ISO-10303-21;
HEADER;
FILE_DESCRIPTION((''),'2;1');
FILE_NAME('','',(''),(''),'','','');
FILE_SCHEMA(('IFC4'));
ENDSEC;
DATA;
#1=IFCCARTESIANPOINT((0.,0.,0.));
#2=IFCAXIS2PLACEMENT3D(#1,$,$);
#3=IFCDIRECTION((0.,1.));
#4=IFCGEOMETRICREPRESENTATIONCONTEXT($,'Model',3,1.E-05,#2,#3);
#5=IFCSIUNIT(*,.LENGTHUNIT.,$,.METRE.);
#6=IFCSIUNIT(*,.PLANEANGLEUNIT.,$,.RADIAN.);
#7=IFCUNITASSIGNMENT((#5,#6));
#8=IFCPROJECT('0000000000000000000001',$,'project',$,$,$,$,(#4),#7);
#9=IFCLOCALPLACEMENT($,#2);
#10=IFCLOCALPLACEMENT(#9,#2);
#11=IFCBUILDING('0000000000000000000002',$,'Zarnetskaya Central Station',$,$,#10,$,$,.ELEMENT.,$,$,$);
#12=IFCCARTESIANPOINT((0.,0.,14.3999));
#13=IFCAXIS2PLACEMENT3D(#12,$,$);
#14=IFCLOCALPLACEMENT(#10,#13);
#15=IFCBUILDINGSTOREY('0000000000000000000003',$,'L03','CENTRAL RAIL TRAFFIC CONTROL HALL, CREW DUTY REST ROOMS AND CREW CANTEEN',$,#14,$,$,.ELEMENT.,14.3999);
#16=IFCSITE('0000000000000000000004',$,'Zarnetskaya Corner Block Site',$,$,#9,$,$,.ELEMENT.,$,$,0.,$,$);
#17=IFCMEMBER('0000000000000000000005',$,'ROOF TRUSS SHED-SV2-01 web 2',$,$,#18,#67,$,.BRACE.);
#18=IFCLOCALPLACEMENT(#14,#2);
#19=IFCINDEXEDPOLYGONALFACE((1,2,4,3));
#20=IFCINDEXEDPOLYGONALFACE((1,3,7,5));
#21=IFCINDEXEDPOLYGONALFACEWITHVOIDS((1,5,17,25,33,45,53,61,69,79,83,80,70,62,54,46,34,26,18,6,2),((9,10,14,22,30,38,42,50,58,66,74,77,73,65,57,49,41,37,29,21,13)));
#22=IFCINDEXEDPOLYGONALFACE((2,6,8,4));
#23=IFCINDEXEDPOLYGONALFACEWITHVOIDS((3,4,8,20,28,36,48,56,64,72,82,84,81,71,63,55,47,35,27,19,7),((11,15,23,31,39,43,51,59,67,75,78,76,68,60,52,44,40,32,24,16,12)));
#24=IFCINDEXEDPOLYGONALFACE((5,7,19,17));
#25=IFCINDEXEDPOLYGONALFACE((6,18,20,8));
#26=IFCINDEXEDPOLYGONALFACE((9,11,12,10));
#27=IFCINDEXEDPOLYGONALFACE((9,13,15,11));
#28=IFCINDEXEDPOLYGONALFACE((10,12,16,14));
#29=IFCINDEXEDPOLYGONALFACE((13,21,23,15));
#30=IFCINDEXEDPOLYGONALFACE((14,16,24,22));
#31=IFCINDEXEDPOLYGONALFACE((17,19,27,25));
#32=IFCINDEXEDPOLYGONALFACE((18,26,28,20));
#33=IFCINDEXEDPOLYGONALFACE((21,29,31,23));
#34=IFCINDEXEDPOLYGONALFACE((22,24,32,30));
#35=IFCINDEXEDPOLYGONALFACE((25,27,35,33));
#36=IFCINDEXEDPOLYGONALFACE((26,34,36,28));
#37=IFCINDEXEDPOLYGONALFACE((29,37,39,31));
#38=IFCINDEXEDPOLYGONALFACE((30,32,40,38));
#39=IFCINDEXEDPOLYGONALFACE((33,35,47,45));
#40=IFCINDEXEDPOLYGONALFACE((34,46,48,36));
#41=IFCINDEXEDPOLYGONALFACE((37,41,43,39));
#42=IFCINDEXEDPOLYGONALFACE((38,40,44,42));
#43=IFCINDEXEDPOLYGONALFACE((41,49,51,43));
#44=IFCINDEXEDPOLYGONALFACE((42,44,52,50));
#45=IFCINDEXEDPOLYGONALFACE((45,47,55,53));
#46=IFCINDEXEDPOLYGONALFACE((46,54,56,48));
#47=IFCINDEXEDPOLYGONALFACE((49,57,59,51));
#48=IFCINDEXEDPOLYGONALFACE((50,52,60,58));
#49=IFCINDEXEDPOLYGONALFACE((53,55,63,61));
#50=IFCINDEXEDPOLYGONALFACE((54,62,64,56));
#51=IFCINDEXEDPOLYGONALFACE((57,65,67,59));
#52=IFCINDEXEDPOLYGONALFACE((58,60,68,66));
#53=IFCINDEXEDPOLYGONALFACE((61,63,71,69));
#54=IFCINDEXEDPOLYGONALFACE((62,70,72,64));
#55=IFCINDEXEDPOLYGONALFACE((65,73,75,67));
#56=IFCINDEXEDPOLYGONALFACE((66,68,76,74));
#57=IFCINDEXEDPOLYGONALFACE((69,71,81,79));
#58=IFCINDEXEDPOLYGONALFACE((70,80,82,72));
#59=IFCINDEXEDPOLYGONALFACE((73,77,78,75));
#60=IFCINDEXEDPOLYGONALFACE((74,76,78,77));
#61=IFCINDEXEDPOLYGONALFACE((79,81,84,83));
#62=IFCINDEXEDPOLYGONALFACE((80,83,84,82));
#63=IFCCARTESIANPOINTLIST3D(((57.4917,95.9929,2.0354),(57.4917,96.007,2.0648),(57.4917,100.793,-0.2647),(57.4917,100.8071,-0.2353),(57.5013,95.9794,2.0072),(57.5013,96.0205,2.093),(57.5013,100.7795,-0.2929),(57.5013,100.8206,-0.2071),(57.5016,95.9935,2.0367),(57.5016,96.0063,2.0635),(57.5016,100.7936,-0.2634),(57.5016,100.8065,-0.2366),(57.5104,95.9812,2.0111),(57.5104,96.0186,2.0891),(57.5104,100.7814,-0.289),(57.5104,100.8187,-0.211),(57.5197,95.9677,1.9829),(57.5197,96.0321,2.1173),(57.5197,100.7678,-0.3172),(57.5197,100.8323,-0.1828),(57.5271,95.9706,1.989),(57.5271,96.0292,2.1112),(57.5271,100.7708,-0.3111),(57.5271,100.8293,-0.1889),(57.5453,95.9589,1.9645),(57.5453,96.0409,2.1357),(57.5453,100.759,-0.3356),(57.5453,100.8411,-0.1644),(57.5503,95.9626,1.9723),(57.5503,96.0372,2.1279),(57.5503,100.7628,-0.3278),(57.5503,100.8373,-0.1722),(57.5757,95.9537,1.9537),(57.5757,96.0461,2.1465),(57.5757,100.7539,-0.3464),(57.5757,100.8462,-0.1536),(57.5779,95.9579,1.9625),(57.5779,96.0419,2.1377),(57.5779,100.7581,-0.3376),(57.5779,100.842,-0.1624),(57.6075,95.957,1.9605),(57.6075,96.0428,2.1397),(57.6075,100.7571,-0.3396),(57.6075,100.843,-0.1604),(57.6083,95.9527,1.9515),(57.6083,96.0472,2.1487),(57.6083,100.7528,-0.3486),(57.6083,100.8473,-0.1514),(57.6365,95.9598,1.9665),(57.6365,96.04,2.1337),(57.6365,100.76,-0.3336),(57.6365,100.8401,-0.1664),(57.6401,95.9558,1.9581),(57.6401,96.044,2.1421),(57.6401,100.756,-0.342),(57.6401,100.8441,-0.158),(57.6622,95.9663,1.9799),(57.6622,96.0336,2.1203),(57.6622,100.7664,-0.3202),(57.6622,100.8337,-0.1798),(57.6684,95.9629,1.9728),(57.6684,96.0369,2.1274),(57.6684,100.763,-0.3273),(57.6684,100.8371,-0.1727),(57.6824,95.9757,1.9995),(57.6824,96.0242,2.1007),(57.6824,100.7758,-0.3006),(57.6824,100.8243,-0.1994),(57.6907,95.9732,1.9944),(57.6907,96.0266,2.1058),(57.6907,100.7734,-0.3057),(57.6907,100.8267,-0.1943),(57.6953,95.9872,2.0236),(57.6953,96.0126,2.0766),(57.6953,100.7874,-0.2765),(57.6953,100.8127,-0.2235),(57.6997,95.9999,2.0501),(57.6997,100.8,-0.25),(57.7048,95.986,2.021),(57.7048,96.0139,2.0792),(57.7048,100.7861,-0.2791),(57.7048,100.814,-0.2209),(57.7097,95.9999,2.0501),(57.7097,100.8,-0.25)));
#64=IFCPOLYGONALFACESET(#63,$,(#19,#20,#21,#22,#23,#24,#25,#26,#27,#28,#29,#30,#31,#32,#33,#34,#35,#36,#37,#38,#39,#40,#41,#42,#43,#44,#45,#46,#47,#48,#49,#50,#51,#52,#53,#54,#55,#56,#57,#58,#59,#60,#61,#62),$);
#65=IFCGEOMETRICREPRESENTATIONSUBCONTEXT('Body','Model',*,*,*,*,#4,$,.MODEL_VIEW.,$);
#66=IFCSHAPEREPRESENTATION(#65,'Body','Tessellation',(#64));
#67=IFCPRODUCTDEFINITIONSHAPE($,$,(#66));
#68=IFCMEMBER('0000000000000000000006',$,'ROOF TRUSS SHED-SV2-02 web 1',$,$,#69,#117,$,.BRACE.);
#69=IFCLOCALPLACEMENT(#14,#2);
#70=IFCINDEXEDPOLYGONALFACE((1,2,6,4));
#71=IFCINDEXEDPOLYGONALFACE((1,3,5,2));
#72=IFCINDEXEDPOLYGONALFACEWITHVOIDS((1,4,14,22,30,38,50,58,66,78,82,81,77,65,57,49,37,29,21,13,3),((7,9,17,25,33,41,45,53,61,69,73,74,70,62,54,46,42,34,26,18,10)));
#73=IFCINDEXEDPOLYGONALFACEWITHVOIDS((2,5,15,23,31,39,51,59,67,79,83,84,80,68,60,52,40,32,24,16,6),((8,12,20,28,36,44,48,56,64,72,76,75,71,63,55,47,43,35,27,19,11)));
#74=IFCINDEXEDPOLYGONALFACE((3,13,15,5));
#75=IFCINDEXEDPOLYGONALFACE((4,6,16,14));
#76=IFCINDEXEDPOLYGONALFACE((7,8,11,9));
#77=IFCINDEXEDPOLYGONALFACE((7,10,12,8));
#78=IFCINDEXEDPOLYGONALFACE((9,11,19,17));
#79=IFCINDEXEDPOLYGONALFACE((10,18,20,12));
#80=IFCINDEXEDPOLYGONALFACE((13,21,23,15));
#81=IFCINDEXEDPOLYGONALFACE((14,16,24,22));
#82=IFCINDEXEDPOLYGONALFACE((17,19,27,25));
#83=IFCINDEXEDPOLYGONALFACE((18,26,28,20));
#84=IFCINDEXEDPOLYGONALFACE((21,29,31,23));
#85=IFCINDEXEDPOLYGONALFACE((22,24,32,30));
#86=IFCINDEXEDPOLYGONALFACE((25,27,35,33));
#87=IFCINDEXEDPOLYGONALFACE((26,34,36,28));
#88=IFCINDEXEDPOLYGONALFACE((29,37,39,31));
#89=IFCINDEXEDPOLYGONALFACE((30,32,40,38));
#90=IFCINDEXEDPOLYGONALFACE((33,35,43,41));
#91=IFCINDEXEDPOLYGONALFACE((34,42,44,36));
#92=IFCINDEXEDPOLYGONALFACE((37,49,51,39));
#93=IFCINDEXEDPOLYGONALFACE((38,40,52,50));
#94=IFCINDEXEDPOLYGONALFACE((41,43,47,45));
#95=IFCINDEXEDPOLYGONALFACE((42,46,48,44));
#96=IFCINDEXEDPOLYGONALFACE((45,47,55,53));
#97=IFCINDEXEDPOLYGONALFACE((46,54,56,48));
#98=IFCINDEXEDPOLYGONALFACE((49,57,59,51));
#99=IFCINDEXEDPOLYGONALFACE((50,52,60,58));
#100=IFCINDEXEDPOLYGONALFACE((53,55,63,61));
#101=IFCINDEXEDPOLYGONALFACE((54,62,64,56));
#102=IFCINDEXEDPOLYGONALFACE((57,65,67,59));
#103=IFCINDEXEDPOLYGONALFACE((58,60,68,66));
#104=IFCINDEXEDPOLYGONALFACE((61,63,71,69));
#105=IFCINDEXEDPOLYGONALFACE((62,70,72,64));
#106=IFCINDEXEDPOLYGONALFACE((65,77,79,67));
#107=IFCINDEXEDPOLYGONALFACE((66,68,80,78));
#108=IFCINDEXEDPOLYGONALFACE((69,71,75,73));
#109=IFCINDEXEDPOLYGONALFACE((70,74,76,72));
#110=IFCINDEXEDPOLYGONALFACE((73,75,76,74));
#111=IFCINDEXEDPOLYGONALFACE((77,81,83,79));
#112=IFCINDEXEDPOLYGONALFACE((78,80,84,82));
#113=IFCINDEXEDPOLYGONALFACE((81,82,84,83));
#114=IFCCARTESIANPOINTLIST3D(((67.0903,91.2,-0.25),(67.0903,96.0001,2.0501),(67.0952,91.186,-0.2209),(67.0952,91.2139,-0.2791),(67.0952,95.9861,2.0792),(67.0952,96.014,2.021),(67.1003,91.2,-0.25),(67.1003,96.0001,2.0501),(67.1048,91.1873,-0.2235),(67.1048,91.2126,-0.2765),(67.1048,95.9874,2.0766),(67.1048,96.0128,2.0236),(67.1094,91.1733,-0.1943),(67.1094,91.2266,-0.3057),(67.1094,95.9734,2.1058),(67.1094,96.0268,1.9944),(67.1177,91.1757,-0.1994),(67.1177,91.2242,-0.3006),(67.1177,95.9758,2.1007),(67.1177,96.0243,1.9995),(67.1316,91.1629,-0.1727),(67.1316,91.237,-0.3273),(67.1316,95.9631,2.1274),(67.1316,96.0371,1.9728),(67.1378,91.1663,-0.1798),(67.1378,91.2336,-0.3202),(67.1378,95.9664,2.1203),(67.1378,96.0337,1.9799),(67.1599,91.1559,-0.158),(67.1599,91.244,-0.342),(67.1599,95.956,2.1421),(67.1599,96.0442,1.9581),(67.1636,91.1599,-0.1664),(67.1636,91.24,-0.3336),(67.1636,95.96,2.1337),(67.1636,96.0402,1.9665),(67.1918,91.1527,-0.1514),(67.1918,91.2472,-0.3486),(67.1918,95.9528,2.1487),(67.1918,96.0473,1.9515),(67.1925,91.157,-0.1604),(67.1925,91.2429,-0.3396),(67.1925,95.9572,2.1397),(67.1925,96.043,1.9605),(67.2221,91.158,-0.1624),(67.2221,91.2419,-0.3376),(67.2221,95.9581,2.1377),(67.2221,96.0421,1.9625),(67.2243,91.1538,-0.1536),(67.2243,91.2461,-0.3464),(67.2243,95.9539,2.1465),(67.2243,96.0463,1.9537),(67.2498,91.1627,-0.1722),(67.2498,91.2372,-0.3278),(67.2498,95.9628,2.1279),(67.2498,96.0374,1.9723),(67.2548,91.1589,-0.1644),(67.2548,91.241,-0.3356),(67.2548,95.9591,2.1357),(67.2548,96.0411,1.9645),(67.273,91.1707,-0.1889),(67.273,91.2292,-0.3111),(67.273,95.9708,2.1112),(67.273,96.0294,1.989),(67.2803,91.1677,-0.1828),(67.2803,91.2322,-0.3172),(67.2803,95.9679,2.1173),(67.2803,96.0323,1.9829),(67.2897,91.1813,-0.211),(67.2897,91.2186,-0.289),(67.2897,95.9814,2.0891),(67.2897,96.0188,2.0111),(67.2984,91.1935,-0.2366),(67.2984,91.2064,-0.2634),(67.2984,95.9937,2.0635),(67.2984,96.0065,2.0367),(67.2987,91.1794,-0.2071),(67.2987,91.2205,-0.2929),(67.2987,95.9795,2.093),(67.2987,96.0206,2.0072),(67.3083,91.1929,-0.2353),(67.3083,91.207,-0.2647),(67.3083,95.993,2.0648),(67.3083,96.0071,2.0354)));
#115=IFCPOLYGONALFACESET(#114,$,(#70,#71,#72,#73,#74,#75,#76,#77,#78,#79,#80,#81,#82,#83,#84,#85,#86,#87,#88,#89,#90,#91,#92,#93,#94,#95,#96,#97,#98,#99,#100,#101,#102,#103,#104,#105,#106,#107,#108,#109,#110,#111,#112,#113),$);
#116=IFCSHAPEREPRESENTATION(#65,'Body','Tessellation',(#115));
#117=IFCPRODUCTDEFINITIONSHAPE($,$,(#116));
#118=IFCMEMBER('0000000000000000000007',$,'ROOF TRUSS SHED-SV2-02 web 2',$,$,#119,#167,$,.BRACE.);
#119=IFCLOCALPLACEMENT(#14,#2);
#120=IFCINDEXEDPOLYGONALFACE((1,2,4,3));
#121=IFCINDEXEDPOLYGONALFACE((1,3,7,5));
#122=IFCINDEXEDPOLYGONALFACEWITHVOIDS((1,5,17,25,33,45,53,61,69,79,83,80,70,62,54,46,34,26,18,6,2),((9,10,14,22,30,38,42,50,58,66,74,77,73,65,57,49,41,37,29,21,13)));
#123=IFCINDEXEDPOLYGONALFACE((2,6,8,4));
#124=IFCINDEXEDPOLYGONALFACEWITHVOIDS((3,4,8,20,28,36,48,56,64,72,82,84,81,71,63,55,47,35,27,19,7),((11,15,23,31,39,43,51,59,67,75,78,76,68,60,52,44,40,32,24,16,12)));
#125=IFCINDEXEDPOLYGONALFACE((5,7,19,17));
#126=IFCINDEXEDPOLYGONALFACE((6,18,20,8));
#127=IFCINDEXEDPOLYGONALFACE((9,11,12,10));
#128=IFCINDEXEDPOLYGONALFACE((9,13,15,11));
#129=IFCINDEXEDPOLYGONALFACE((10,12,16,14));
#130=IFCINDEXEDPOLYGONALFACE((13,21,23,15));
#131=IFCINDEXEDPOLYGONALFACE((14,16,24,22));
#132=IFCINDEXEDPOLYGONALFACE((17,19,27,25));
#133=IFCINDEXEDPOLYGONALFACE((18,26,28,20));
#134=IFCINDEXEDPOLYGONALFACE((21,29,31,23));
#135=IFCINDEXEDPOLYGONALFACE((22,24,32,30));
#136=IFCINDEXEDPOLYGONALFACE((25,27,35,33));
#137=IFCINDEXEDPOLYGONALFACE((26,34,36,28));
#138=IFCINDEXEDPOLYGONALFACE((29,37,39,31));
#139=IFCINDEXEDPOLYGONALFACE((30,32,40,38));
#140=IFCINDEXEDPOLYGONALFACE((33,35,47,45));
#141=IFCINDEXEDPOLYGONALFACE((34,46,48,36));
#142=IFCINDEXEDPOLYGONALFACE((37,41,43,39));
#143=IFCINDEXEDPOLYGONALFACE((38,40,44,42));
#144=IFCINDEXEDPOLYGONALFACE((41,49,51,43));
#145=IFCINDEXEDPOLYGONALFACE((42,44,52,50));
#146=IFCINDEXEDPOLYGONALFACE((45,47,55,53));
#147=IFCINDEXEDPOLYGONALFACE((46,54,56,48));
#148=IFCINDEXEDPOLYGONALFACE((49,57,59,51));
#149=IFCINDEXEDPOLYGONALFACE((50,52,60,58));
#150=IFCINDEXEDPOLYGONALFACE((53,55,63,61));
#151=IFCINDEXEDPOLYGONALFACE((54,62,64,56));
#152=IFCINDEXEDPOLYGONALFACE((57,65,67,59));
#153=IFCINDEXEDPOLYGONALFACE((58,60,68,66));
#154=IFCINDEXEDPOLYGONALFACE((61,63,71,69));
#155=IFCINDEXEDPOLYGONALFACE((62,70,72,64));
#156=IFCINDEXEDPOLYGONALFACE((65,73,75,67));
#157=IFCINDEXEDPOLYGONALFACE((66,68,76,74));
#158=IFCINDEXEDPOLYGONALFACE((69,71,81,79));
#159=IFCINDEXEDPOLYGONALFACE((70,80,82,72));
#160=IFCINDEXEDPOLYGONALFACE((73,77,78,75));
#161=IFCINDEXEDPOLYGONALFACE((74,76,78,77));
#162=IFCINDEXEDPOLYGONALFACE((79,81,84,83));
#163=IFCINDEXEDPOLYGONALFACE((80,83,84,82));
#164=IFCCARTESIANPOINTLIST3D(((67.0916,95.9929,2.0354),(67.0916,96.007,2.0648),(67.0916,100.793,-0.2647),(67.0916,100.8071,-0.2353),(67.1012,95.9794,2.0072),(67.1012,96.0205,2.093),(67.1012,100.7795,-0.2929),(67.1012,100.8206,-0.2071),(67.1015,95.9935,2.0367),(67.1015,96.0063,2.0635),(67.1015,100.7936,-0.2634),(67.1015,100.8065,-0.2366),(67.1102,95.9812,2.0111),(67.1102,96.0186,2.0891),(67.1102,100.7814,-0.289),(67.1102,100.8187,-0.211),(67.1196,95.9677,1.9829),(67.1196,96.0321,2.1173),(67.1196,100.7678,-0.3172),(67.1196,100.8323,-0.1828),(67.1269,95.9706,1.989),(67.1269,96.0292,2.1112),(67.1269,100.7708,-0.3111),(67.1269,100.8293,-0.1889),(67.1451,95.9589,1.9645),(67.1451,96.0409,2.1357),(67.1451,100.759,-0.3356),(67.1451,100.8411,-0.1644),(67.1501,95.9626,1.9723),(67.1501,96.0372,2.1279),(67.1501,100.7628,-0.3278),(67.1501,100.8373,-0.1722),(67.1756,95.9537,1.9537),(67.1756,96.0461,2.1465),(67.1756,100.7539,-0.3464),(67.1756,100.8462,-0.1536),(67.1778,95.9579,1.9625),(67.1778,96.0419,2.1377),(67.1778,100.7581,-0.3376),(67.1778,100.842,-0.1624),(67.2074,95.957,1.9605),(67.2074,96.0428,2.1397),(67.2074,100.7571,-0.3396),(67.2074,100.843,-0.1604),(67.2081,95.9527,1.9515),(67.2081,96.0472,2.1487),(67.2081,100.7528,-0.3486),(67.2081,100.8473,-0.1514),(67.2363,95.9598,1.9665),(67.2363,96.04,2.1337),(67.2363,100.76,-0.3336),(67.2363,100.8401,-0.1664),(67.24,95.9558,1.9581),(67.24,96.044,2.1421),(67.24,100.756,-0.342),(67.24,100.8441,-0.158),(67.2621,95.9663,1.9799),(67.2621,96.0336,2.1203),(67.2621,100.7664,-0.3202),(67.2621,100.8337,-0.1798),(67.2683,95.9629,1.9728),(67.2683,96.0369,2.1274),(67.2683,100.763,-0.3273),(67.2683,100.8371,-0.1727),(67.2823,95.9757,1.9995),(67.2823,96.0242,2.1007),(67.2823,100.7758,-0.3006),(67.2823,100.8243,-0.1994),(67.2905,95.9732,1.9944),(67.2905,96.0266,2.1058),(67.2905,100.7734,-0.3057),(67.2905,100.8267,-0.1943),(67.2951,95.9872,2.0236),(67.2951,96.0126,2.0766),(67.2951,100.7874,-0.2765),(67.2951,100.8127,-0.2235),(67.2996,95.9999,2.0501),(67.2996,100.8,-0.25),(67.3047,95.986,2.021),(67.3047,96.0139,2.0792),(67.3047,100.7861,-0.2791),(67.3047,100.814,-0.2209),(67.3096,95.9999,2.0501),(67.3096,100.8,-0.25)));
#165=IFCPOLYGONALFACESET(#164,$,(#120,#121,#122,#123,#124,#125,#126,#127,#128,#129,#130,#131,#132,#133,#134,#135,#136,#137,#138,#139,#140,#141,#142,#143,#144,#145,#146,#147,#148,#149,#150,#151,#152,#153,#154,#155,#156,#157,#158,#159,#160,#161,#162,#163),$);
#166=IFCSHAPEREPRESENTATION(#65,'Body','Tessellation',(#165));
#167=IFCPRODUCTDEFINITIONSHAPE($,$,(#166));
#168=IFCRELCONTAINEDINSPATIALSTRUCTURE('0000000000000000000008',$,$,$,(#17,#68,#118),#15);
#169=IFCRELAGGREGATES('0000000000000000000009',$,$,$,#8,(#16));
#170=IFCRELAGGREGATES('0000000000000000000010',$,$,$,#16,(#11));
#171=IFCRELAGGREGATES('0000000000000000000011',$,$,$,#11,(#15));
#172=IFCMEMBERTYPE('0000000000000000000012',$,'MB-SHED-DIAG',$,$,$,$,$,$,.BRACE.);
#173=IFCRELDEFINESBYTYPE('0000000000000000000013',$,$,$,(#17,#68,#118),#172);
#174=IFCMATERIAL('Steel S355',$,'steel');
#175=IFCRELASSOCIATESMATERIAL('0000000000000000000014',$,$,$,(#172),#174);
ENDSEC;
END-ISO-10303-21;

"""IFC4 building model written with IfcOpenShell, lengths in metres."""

from ifc_helpers import new_model, si_unit, direction, frame, origin, origin_2d, place, context, subcontext, project, spatial, hollow_circle, extrude, material, material_profile, profile_set, type_object, element, save


model = new_model("IFC4")

# Units and contexts
model_context = context("Model", 3, precision=1e-05, world=origin(), true_north=direction((0.0, 1.0)))
body_context = subcontext(model_context, "Body", "Model", "MODEL_VIEW")
ifc_project = project(units=[si_unit("LENGTHUNIT", "METRE"), si_unit("PLANEANGLEUNIT", "RADIAN")], contexts=[model_context])

# Site, building, storey
site_placement = place(None, origin())
site = spatial("IfcSite", under=ifc_project, at=site_placement, Name="Zarnetskaya Corner Block Site", CompositionType="ELEMENT", RefElevation=0.0)
building_placement = place(site_placement, origin())
building = spatial("IfcBuilding", under=site, at=building_placement, Name="Zarnetskaya Central Station", CompositionType="ELEMENT")
storey_placement = place(building_placement, frame((0.0, 0.0, 14.3999)))
storey = spatial("IfcBuildingStorey", under=building, at=storey_placement, Name="L03", Description="CENTRAL RAIL TRAFFIC CONTROL HALL, CREW DUTY REST ROOMS AND CREW CANTEEN", CompositionType="ELEMENT", Elevation=14.3999)

# Shared definitions
ifc_material_1 = material(Name="Steel S355", Category="steel")

# Members
ifc_material_profile_1 = material_profile(ifc_material_1, hollow_circle(Radius=0.1096, WallThickness=0.01, at=origin_2d()), Name="CHS 219.1x10")
ifc_profile_set_1 = profile_set([ifc_material_profile_1], Name="Steel S355")
member_type_1 = type_object("IfcMemberType", Name="MB-SHED-DIAG", PredefinedType="BRACE", material=ifc_profile_set_1)
for number, where, z_axis, x_axis, name in (
    (1, (57.6001, 100.8, -0.25), (0.0, -0.901814, 0.432124), (1.0, 0.0, 0.0), "ROOF TRUSS SHED-SV2-01 web 2"),
    (2, (67.2, 91.2, -0.25), (0.0, 0.901814, 0.432124), (-1.0, 0.0, 0.0), "ROOF TRUSS SHED-SV2-02 web 1"),
    (3, (67.2, 100.8, -0.25), (0.0, -0.901814, 0.432124), (1.0, 0.0, 0.0), "ROOF TRUSS SHED-SV2-02 web 2"),
):
    element("IfcMember", number, at=place(storey_placement, frame(where, z_axis=z_axis, x_axis=x_axis)), inside=storey, type_object=member_type_1, Name=name, PredefinedType="BRACE", context=body_context, shape_type="SweptSolid", body=[
        extrude(hollow_circle(Radius=0.1096, WallThickness=0.01, at=origin_2d()), origin(), (0.0, 0.0, 1.0), 5.3228),
    ])

save(model, "model.ifc")
